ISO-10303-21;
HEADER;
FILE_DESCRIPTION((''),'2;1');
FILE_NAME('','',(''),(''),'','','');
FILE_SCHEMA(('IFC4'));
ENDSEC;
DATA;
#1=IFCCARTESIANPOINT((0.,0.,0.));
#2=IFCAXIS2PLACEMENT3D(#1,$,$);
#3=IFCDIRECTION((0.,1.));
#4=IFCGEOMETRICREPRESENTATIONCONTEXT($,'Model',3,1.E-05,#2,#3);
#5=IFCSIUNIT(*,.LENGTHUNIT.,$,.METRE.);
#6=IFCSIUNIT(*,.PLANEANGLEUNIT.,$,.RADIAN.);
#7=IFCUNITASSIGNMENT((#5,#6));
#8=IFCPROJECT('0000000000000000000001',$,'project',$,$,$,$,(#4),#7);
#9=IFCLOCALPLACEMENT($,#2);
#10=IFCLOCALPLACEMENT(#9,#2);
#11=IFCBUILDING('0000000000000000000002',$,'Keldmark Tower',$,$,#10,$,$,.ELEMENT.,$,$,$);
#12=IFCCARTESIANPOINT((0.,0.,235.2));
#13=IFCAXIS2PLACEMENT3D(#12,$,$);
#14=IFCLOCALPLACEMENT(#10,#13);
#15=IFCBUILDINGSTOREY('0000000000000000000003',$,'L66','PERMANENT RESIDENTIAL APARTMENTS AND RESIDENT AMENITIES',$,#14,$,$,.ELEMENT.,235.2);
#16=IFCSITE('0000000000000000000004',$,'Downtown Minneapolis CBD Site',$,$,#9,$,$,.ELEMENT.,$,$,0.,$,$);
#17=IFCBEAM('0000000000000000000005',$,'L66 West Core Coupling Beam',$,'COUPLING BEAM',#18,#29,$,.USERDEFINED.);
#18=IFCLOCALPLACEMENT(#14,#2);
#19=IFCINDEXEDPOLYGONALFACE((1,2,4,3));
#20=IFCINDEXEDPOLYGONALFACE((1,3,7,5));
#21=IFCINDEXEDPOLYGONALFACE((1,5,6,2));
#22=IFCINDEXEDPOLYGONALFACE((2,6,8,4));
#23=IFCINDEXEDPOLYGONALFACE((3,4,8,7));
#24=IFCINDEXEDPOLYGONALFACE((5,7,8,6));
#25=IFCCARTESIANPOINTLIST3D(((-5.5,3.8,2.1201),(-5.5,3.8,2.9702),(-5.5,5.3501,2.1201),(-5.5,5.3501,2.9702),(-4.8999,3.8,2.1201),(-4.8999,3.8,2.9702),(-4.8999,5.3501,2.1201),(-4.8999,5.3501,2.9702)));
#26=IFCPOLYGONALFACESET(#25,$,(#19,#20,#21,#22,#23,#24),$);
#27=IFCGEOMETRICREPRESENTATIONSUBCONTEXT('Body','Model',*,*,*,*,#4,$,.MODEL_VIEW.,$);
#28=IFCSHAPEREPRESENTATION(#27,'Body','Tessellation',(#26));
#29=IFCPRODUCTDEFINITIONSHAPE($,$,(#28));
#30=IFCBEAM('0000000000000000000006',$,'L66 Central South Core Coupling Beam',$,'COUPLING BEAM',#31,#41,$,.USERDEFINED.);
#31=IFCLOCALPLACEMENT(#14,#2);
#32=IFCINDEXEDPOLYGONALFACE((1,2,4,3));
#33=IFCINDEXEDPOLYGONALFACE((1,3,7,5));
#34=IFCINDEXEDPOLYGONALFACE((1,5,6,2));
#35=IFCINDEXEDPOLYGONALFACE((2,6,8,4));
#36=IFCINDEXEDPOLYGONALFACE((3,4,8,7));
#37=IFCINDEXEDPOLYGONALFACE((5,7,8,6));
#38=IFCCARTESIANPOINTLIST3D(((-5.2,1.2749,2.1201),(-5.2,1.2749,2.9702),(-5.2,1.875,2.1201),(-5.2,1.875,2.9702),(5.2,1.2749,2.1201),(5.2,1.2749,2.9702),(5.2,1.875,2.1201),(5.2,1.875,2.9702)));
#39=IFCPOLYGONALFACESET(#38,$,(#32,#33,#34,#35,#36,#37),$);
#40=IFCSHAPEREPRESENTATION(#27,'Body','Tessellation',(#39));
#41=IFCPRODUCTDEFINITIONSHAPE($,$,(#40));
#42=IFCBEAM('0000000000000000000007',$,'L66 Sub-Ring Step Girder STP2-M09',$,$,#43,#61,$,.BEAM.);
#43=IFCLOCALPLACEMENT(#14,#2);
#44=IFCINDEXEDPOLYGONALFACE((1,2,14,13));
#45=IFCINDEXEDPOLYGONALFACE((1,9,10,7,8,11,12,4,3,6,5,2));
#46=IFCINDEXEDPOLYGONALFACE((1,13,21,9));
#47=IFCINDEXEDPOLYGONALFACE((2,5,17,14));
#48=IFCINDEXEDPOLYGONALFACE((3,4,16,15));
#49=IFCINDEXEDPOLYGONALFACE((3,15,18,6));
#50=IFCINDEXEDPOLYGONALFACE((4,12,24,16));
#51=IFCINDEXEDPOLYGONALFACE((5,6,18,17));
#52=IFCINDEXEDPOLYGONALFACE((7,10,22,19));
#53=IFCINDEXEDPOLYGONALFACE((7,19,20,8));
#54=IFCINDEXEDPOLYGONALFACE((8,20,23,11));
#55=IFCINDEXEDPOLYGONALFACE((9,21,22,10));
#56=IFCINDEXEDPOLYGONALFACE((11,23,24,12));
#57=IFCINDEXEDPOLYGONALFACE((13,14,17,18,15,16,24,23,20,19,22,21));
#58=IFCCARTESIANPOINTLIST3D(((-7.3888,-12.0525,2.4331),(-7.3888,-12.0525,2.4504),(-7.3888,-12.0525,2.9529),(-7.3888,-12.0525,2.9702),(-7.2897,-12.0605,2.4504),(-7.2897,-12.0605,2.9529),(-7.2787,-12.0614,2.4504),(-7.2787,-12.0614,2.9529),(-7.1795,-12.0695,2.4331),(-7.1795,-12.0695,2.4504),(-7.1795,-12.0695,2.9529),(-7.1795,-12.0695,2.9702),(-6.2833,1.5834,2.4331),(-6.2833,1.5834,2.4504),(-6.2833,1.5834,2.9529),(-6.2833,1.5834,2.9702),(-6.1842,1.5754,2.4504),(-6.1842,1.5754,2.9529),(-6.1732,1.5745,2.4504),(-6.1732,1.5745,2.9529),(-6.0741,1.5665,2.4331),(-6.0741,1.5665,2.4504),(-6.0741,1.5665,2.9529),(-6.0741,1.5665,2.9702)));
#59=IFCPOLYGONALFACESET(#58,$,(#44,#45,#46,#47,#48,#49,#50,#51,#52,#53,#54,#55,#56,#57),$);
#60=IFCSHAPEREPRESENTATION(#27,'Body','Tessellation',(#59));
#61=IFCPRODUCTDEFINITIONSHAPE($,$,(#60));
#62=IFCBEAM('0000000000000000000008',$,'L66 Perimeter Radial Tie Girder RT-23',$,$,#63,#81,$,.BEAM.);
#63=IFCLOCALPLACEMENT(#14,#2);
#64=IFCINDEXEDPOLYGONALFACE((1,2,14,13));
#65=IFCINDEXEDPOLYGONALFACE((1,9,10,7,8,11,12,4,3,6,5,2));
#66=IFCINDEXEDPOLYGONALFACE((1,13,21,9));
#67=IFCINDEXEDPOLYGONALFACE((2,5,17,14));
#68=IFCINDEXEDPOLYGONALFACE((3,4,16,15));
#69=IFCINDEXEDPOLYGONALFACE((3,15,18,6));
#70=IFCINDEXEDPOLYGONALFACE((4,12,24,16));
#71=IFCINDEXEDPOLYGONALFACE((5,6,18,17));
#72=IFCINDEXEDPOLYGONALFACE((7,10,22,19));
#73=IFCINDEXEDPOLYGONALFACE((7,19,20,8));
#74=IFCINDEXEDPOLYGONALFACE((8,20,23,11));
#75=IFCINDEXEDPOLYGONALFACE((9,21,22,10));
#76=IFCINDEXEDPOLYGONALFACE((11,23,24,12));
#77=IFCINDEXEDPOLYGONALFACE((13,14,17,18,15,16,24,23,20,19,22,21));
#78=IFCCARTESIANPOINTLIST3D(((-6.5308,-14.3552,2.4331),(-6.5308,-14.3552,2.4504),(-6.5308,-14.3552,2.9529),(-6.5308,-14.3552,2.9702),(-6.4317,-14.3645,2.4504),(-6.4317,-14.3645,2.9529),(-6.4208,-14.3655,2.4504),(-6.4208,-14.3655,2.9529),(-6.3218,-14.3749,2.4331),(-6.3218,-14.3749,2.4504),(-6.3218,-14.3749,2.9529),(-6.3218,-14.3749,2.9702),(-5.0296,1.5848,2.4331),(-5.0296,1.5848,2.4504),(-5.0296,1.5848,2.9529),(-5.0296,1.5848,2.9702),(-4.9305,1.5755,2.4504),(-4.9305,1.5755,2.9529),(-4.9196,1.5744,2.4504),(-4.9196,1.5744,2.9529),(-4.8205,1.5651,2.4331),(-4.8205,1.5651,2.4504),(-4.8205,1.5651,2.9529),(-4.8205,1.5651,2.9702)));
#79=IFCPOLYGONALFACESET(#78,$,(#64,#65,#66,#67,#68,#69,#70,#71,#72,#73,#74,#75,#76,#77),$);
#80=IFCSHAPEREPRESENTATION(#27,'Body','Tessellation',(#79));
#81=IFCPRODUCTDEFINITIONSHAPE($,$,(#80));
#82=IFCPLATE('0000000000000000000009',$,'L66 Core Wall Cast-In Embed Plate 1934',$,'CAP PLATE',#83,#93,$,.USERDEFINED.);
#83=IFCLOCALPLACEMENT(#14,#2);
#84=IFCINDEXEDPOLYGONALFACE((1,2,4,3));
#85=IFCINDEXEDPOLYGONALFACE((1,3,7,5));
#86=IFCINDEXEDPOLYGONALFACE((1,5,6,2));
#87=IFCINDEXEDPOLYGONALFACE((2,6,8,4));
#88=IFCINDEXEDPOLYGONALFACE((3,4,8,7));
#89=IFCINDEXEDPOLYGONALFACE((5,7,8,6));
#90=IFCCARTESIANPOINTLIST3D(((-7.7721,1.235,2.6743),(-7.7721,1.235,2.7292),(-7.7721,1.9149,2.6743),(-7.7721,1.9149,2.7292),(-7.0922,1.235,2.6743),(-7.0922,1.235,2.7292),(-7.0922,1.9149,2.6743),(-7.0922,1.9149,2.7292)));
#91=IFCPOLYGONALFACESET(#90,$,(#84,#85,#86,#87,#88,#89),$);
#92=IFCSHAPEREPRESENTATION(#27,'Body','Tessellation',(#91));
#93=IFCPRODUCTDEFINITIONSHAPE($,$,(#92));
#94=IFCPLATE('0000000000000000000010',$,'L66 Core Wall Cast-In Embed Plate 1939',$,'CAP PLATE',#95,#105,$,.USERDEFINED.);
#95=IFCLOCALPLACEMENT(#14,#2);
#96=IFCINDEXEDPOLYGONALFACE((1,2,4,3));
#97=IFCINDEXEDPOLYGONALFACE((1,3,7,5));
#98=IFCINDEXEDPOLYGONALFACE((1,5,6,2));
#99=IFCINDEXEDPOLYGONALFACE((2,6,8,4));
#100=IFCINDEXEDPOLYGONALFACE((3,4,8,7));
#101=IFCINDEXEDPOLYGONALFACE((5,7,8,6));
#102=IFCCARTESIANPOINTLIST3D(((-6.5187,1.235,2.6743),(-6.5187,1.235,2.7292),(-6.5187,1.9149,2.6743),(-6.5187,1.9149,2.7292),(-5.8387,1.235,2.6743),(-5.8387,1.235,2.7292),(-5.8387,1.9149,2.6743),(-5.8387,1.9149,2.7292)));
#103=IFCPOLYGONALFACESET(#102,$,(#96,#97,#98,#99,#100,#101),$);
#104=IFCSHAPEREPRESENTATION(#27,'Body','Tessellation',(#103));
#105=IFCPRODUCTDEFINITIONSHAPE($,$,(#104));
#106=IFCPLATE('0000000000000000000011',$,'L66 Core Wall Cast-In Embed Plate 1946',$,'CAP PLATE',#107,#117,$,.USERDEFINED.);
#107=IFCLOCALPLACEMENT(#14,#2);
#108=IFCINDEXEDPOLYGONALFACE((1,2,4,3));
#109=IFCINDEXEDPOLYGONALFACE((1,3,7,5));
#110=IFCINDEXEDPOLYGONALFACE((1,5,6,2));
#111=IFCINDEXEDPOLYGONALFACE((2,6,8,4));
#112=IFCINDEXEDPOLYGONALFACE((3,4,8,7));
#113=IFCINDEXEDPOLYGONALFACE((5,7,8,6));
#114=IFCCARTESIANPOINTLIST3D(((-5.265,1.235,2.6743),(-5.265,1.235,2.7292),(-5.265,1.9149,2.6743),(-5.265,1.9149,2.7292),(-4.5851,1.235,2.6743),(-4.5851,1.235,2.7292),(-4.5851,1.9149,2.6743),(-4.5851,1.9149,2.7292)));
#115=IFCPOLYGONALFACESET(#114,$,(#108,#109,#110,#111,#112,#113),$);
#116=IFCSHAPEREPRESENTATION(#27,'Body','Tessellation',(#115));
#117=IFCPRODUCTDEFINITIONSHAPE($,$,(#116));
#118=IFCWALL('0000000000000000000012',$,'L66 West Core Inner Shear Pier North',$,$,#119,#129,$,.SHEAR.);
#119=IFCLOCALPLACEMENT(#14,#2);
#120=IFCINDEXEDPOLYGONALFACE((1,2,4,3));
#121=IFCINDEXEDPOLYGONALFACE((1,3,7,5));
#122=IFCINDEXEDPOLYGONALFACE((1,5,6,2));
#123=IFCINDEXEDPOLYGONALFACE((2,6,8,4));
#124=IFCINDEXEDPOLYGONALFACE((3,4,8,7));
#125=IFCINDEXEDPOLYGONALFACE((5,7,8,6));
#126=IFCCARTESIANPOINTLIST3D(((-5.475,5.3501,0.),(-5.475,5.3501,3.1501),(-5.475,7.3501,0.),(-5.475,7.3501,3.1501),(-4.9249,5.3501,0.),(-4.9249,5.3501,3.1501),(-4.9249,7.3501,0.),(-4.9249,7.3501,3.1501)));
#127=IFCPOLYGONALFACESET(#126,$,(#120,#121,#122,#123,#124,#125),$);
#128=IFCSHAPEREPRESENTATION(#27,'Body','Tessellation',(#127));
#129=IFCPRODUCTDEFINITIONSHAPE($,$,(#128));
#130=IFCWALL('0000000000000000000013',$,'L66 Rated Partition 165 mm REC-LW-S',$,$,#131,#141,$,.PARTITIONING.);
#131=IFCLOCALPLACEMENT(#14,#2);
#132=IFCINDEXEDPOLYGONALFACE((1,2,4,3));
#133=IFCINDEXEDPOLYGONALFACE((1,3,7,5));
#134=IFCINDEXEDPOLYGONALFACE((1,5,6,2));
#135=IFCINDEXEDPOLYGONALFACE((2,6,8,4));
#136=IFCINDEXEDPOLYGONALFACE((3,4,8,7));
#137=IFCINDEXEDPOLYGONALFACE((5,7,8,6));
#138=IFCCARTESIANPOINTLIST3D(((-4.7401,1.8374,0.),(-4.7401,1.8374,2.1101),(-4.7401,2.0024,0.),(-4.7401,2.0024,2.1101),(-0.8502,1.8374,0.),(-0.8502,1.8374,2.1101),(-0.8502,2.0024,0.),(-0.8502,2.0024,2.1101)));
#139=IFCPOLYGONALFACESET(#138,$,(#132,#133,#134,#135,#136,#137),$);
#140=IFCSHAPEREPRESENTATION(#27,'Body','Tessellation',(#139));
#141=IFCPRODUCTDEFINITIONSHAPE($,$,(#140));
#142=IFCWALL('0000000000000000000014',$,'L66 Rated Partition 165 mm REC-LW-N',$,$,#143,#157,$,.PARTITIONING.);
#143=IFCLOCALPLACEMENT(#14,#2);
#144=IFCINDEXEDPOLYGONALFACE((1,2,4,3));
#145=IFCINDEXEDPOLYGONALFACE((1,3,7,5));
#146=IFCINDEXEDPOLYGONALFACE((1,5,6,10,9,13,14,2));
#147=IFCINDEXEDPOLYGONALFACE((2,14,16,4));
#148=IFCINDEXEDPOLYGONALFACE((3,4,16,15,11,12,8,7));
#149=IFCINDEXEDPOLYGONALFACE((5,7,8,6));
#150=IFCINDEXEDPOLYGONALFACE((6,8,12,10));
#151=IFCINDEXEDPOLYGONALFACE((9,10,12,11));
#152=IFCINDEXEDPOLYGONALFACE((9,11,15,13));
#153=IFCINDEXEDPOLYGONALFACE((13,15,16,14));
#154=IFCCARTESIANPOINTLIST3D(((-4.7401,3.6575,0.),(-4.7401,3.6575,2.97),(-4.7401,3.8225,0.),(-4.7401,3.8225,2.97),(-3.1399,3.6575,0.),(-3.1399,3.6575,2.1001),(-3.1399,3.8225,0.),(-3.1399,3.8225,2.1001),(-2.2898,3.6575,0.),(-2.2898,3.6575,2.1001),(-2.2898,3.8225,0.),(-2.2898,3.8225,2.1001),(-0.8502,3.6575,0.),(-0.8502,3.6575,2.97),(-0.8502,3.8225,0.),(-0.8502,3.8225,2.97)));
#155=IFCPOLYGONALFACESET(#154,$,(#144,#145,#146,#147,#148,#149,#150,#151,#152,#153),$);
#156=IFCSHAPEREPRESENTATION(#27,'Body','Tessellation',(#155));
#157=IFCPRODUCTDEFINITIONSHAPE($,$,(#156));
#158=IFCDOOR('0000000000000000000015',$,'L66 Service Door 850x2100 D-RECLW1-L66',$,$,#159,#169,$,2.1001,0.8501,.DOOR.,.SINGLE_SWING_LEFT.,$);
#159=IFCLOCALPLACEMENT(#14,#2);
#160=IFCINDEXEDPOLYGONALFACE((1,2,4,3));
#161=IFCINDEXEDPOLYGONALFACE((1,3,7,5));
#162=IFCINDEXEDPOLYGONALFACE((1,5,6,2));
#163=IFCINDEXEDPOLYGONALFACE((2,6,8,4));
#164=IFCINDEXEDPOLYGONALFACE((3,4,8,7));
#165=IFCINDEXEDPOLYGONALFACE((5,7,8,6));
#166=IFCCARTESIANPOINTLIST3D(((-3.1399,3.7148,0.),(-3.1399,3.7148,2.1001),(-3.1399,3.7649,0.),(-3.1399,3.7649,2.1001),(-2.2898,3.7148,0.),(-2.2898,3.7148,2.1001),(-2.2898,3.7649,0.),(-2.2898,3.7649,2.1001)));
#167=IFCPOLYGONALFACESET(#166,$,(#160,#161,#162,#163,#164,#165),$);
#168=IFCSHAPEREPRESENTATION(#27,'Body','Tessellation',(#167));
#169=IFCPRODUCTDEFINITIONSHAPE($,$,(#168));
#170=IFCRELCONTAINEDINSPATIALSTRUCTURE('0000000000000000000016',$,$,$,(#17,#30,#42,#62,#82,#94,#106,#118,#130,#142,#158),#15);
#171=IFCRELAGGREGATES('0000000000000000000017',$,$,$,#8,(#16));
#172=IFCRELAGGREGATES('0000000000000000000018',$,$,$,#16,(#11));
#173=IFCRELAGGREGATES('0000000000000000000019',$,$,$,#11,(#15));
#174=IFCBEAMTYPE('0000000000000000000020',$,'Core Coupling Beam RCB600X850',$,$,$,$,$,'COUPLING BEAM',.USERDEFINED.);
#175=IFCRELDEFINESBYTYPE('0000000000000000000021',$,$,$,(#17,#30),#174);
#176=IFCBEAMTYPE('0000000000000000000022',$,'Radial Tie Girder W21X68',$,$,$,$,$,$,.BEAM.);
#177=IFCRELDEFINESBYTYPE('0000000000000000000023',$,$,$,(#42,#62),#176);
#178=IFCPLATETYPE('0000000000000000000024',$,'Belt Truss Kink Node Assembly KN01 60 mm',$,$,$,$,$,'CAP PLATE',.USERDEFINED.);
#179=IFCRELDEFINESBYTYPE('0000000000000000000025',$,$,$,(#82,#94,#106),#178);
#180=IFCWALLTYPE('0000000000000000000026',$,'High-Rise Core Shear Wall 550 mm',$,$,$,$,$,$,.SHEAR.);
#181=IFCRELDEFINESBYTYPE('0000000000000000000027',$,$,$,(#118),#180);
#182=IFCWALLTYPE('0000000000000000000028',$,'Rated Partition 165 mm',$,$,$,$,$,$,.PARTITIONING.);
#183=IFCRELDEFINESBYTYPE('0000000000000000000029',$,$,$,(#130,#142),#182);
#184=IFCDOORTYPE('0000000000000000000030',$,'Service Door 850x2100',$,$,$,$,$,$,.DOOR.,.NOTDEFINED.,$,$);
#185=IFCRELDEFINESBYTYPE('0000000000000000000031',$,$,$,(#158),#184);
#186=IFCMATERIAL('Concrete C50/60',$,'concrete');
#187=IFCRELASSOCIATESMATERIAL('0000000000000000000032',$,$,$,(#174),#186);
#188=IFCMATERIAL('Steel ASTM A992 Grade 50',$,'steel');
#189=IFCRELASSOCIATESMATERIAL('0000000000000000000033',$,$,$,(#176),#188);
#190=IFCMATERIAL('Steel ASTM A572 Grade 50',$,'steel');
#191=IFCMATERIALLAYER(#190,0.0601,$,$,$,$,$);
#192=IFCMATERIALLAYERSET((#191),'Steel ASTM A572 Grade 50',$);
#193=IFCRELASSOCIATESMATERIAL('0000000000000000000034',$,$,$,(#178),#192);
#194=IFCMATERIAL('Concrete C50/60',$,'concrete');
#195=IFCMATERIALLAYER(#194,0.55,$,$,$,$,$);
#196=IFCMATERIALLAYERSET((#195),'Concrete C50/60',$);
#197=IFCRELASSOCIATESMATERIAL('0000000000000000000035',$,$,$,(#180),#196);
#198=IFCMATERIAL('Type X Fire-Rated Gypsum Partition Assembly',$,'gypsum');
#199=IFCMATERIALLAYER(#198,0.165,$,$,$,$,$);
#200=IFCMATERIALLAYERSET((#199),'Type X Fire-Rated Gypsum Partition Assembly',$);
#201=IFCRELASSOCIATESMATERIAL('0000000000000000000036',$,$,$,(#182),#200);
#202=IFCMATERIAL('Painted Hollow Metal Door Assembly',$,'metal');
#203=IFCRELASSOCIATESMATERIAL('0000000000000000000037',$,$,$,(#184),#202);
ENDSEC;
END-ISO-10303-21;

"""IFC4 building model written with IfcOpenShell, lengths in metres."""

from ifc_helpers import new_model, si_unit, direction, frame, frame_2d, origin, origin_2d, place, context, subcontext, project, spatial, rectangle, i_section, extrude, material, layer, layer_set, material_profile, profile_set, type_object, element, fill, save


model = new_model("IFC4")

# Units and contexts
model_context = context("Model", 3, precision=1e-05, world=origin(), true_north=direction((0.0, 1.0)))
body_context = subcontext(model_context, "Body", "Model", "MODEL_VIEW")
ifc_project = project(units=[si_unit("LENGTHUNIT", "METRE"), si_unit("PLANEANGLEUNIT", "RADIAN")], contexts=[model_context])

# Site, building, storey
site_placement = place(None, origin())
site = spatial("IfcSite", under=ifc_project, at=site_placement, Name="Downtown Minneapolis CBD Site", CompositionType="ELEMENT", RefElevation=0.0)
building_placement = place(site_placement, origin())
building = spatial("IfcBuilding", under=site, at=building_placement, Name="Keldmark Tower", CompositionType="ELEMENT")
storey_placement = place(building_placement, frame((0.0, 0.0, 235.2)))
storey = spatial("IfcBuildingStorey", under=building, at=storey_placement, Name="L66", Description="PERMANENT RESIDENTIAL APARTMENTS AND RESIDENT AMENITIES", CompositionType="ELEMENT", Elevation=235.2)

# Beams
ifc_material_1 = material(Name="Concrete C50/60", Category="concrete")
ifc_material_profile_1 = material_profile(ifc_material_1, rectangle(XDim=0.6001, YDim=0.8501, at=origin_2d()), Name="RCB600X850")
ifc_profile_set_1 = profile_set([ifc_material_profile_1], Name="Concrete C50/60")
beam_type_1 = type_object("IfcBeamType", Name="Core Coupling Beam RCB600X850", ElementType="COUPLING BEAM", PredefinedType="USERDEFINED", material=ifc_profile_set_1)
beam_1_placement = place(storey_placement, frame((-5.2, 3.8, 2.5452), z_axis=(0.0, 1.0, 0.0), x_axis=(-1.0, 0.0, 0.0)))
element("IfcBeam", 1, at=beam_1_placement, inside=storey, type_object=beam_type_1, Name="L66 West Core Coupling Beam", ObjectType="COUPLING BEAM", PredefinedType="USERDEFINED", context=body_context, shape_type="SweptSolid", body=[
    extrude(rectangle(XDim=0.6001, YDim=0.8501, at=origin_2d()), origin(), (0.0, 0.0, 1.0), 1.55),
])
beam_2_placement = place(storey_placement, frame((-5.2, 1.575, 2.5452), z_axis=(1.0, 0.0, 0.0), x_axis=(0.0, 1.0, 0.0)))
element("IfcBeam", 2, at=beam_2_placement, inside=storey, type_object=beam_type_1, Name="L66 Central South Core Coupling Beam", ObjectType="COUPLING BEAM", PredefinedType="USERDEFINED", context=body_context, shape_type="SweptSolid", body=[
    extrude(rectangle(XDim=0.6001, YDim=0.8501, at=origin_2d()), origin(), (0.0, 0.0, 1.0), 10.3999),
])
ifc_material_2 = material(Name="Steel ASTM A992 Grade 50", Category="steel")
ifc_material_profile_2 = material_profile(ifc_material_2, i_section(OverallWidth=0.21, OverallDepth=0.5371, WebThickness=0.011, FlangeThickness=0.0173, at=origin_2d()), Name="W21X68")
ifc_profile_set_2 = profile_set([ifc_material_profile_2], Name="Steel ASTM A992 Grade 50")
beam_type_2 = type_object("IfcBeamType", Name="Radial Tie Girder W21X68", PredefinedType="BEAM", material=ifc_profile_set_2)
beam_3_placement = place(storey_placement, frame((-6.1787, 1.575, 2.7017), z_axis=(-0.080805, -0.99673, 0.0), x_axis=(0.99673, -0.080805, 0.0)))
element("IfcBeam", 3, at=beam_3_placement, inside=storey, type_object=beam_type_2, Name="L66 Sub-Ring Step Girder STP2-M09", PredefinedType="BEAM", context=body_context, shape_type="SweptSolid", body=[
    extrude(i_section(OverallWidth=0.21, OverallDepth=0.5371, WebThickness=0.011, FlangeThickness=0.0173, at=origin_2d()), origin(), (0.0, 0.0, 1.0), 13.6807),
])
beam_4_placement = place(storey_placement, frame((-4.925, 1.575, 2.7017), z_axis=(-0.093765, -0.995594, 0.0), x_axis=(0.995594, -0.093765, 0.0)))
element("IfcBeam", 4, at=beam_4_placement, inside=storey, type_object=beam_type_2, Name="L66 Perimeter Radial Tie Girder RT-23", PredefinedType="BEAM", context=body_context, shape_type="SweptSolid", body=[
    extrude(i_section(OverallWidth=0.21, OverallDepth=0.5371, WebThickness=0.011, FlangeThickness=0.0173, at=origin_2d()), origin(), (0.0, 0.0, 1.0), 16.0105),
])

# Plates
ifc_material_3 = material(Name="Steel ASTM A572 Grade 50", Category="steel")
ifc_layer_1 = layer(ifc_material_3, 0.0601)
ifc_layer_set_1 = layer_set([ifc_layer_1], Name="Steel ASTM A572 Grade 50")
plate_type = type_object("IfcPlateType", Name="Belt Truss Kink Node Assembly KN01 60 mm", ElementType="CAP PLATE", PredefinedType="USERDEFINED", material=ifc_layer_set_1)
for number, where, z_axis, x_axis, name in (
    (5, (-7.4321, 1.575, 2.6743), (0.0, 0.0, 1.0), (1.0, 0.0, 0.0), "L66 Core Wall Cast-In Embed Plate 1934"),
    (6, (-6.1787, 1.575, 2.6743), (0.0, 0.0, 1.0), (1.0, 0.0, 0.0), "L66 Core Wall Cast-In Embed Plate 1939"),
    (7, (-4.925, 1.575, 2.6743), (0.0, 0.0, 1.0), (1.0, 0.0, 0.0), "L66 Core Wall Cast-In Embed Plate 1946"),
):
    element("IfcPlate", number, at=place(storey_placement, frame(where, z_axis=z_axis, x_axis=x_axis)), inside=storey, type_object=plate_type, Name=name, ObjectType="CAP PLATE", PredefinedType="USERDEFINED", context=body_context, shape_type="SweptSolid", body=[
        extrude(rectangle(XDim=0.6799, YDim=0.6799, at=origin_2d()), origin(), (0.0, 0.0, 1.0), 0.0549),
    ])

# Shared definitions
ifc_material_4 = material(Name="Concrete C50/60", Category="concrete")
ifc_layer_2 = layer(ifc_material_4, 0.55)
ifc_layer_set_2 = layer_set([ifc_layer_2], Name="Concrete C50/60")
wall_type_1 = type_object("IfcWallType", Name="High-Rise Core Shear Wall 550 mm", PredefinedType="SHEAR", material=ifc_layer_set_2)

# Walls
wall_1_placement = place(storey_placement, frame((-5.2, 5.3501, 0.0), z_axis=(0.0, 0.0, 1.0), x_axis=(0.0, 1.0, 0.0)))
element("IfcWall", 8, at=wall_1_placement, inside=storey, type_object=wall_type_1, Name="L66 West Core Inner Shear Pier North", PredefinedType="SHEAR", context=body_context, shape_type="SweptSolid", body=[
    extrude(rectangle(XDim=2.0, YDim=0.55, at=frame_2d((1.0, 0.0))), origin(), (0.0, 0.0, 1.0), 3.1501),
])
ifc_material_5 = material(Name="Type X Fire-Rated Gypsum Partition Assembly", Category="gypsum")
ifc_layer_3 = layer(ifc_material_5, 0.165)
ifc_layer_set_3 = layer_set([ifc_layer_3], Name="Type X Fire-Rated Gypsum Partition Assembly")
wall_type_2 = type_object("IfcWallType", Name="Rated Partition 165 mm", PredefinedType="PARTITIONING", material=ifc_layer_set_3)
wall_2_placement = place(storey_placement, frame((-4.74, 1.9199, 0.0), z_axis=(0.0, 0.0, 1.0), x_axis=(1.0, 0.0, 0.0)))
element("IfcWall", 9, at=wall_2_placement, inside=storey, type_object=wall_type_2, Name="L66 Rated Partition 165 mm REC-LW-S", PredefinedType="PARTITIONING", context=body_context, shape_type="SweptSolid", body=[
    extrude(rectangle(XDim=3.8899, YDim=0.165, at=frame_2d((1.9448, 0.0))), origin(), (0.0, 0.0, 1.0), 2.1101),
])

# Wall, opening, door
wall_3_placement = place(storey_placement, frame((-4.74, 3.74, 0.0), z_axis=(0.0, 0.0, 1.0), x_axis=(1.0, 0.0, 0.0)))
wall_3 = element("IfcWall", 10, at=wall_3_placement, inside=storey, type_object=wall_type_2, Name="L66 Rated Partition 165 mm REC-LW-N", PredefinedType="PARTITIONING", context=body_context, shape_type="SweptSolid", body=[
    extrude(rectangle(XDim=3.8899, YDim=0.165, at=frame_2d((1.9448, 0.0))), origin(), (0.0, 0.0, 1.0), 2.97),
])
opening_1_placement = place(wall_3_placement, frame((1.6001, 0.0, 0.0)))
opening_1 = element("IfcOpeningElement", 11, at=opening_1_placement, cuts=wall_3, PredefinedType="OPENING", context=body_context, shape_type="SweptSolid", body=[
    extrude(rectangle(XDim=0.8501, YDim=2.1001, at=frame_2d((0.425, 1.05))), frame((0.0, 0.0925, 0.0), z_axis=(0.0, -1.0, 0.0), x_axis=(1.0, 0.0, 0.0)), (0.0, 0.0, 1.0), 0.1851),
])
ifc_material_6 = material(Name="Painted Hollow Metal Door Assembly", Category="metal")
door_type_1 = type_object("IfcDoorType", Name="Service Door 850x2100", OperationType="NOTDEFINED", PredefinedType="DOOR", material=ifc_material_6)
door_1_placement = place(opening_1_placement, origin())
door_1 = element("IfcDoor", 12, at=door_1_placement, inside=storey, type_object=door_type_1, Name="L66 Service Door 850x2100 D-RECLW1-L66", OperationType="SINGLE_SWING_LEFT", OverallHeight=2.1001, OverallWidth=0.8501, PredefinedType="DOOR", context=body_context, shape_type="SweptSolid", body=[
    extrude(rectangle(XDim=0.8501, YDim=2.1001, at=frame_2d((0.425, 1.05))), frame((0.0, 0.0249, 0.0), z_axis=(0.0, -1.0, 0.0), x_axis=(1.0, 0.0, 0.0)), (0.0, 0.0, 1.0), 0.05),
])
fill(opening_1, door_1)

save(model, "model.ifc")
